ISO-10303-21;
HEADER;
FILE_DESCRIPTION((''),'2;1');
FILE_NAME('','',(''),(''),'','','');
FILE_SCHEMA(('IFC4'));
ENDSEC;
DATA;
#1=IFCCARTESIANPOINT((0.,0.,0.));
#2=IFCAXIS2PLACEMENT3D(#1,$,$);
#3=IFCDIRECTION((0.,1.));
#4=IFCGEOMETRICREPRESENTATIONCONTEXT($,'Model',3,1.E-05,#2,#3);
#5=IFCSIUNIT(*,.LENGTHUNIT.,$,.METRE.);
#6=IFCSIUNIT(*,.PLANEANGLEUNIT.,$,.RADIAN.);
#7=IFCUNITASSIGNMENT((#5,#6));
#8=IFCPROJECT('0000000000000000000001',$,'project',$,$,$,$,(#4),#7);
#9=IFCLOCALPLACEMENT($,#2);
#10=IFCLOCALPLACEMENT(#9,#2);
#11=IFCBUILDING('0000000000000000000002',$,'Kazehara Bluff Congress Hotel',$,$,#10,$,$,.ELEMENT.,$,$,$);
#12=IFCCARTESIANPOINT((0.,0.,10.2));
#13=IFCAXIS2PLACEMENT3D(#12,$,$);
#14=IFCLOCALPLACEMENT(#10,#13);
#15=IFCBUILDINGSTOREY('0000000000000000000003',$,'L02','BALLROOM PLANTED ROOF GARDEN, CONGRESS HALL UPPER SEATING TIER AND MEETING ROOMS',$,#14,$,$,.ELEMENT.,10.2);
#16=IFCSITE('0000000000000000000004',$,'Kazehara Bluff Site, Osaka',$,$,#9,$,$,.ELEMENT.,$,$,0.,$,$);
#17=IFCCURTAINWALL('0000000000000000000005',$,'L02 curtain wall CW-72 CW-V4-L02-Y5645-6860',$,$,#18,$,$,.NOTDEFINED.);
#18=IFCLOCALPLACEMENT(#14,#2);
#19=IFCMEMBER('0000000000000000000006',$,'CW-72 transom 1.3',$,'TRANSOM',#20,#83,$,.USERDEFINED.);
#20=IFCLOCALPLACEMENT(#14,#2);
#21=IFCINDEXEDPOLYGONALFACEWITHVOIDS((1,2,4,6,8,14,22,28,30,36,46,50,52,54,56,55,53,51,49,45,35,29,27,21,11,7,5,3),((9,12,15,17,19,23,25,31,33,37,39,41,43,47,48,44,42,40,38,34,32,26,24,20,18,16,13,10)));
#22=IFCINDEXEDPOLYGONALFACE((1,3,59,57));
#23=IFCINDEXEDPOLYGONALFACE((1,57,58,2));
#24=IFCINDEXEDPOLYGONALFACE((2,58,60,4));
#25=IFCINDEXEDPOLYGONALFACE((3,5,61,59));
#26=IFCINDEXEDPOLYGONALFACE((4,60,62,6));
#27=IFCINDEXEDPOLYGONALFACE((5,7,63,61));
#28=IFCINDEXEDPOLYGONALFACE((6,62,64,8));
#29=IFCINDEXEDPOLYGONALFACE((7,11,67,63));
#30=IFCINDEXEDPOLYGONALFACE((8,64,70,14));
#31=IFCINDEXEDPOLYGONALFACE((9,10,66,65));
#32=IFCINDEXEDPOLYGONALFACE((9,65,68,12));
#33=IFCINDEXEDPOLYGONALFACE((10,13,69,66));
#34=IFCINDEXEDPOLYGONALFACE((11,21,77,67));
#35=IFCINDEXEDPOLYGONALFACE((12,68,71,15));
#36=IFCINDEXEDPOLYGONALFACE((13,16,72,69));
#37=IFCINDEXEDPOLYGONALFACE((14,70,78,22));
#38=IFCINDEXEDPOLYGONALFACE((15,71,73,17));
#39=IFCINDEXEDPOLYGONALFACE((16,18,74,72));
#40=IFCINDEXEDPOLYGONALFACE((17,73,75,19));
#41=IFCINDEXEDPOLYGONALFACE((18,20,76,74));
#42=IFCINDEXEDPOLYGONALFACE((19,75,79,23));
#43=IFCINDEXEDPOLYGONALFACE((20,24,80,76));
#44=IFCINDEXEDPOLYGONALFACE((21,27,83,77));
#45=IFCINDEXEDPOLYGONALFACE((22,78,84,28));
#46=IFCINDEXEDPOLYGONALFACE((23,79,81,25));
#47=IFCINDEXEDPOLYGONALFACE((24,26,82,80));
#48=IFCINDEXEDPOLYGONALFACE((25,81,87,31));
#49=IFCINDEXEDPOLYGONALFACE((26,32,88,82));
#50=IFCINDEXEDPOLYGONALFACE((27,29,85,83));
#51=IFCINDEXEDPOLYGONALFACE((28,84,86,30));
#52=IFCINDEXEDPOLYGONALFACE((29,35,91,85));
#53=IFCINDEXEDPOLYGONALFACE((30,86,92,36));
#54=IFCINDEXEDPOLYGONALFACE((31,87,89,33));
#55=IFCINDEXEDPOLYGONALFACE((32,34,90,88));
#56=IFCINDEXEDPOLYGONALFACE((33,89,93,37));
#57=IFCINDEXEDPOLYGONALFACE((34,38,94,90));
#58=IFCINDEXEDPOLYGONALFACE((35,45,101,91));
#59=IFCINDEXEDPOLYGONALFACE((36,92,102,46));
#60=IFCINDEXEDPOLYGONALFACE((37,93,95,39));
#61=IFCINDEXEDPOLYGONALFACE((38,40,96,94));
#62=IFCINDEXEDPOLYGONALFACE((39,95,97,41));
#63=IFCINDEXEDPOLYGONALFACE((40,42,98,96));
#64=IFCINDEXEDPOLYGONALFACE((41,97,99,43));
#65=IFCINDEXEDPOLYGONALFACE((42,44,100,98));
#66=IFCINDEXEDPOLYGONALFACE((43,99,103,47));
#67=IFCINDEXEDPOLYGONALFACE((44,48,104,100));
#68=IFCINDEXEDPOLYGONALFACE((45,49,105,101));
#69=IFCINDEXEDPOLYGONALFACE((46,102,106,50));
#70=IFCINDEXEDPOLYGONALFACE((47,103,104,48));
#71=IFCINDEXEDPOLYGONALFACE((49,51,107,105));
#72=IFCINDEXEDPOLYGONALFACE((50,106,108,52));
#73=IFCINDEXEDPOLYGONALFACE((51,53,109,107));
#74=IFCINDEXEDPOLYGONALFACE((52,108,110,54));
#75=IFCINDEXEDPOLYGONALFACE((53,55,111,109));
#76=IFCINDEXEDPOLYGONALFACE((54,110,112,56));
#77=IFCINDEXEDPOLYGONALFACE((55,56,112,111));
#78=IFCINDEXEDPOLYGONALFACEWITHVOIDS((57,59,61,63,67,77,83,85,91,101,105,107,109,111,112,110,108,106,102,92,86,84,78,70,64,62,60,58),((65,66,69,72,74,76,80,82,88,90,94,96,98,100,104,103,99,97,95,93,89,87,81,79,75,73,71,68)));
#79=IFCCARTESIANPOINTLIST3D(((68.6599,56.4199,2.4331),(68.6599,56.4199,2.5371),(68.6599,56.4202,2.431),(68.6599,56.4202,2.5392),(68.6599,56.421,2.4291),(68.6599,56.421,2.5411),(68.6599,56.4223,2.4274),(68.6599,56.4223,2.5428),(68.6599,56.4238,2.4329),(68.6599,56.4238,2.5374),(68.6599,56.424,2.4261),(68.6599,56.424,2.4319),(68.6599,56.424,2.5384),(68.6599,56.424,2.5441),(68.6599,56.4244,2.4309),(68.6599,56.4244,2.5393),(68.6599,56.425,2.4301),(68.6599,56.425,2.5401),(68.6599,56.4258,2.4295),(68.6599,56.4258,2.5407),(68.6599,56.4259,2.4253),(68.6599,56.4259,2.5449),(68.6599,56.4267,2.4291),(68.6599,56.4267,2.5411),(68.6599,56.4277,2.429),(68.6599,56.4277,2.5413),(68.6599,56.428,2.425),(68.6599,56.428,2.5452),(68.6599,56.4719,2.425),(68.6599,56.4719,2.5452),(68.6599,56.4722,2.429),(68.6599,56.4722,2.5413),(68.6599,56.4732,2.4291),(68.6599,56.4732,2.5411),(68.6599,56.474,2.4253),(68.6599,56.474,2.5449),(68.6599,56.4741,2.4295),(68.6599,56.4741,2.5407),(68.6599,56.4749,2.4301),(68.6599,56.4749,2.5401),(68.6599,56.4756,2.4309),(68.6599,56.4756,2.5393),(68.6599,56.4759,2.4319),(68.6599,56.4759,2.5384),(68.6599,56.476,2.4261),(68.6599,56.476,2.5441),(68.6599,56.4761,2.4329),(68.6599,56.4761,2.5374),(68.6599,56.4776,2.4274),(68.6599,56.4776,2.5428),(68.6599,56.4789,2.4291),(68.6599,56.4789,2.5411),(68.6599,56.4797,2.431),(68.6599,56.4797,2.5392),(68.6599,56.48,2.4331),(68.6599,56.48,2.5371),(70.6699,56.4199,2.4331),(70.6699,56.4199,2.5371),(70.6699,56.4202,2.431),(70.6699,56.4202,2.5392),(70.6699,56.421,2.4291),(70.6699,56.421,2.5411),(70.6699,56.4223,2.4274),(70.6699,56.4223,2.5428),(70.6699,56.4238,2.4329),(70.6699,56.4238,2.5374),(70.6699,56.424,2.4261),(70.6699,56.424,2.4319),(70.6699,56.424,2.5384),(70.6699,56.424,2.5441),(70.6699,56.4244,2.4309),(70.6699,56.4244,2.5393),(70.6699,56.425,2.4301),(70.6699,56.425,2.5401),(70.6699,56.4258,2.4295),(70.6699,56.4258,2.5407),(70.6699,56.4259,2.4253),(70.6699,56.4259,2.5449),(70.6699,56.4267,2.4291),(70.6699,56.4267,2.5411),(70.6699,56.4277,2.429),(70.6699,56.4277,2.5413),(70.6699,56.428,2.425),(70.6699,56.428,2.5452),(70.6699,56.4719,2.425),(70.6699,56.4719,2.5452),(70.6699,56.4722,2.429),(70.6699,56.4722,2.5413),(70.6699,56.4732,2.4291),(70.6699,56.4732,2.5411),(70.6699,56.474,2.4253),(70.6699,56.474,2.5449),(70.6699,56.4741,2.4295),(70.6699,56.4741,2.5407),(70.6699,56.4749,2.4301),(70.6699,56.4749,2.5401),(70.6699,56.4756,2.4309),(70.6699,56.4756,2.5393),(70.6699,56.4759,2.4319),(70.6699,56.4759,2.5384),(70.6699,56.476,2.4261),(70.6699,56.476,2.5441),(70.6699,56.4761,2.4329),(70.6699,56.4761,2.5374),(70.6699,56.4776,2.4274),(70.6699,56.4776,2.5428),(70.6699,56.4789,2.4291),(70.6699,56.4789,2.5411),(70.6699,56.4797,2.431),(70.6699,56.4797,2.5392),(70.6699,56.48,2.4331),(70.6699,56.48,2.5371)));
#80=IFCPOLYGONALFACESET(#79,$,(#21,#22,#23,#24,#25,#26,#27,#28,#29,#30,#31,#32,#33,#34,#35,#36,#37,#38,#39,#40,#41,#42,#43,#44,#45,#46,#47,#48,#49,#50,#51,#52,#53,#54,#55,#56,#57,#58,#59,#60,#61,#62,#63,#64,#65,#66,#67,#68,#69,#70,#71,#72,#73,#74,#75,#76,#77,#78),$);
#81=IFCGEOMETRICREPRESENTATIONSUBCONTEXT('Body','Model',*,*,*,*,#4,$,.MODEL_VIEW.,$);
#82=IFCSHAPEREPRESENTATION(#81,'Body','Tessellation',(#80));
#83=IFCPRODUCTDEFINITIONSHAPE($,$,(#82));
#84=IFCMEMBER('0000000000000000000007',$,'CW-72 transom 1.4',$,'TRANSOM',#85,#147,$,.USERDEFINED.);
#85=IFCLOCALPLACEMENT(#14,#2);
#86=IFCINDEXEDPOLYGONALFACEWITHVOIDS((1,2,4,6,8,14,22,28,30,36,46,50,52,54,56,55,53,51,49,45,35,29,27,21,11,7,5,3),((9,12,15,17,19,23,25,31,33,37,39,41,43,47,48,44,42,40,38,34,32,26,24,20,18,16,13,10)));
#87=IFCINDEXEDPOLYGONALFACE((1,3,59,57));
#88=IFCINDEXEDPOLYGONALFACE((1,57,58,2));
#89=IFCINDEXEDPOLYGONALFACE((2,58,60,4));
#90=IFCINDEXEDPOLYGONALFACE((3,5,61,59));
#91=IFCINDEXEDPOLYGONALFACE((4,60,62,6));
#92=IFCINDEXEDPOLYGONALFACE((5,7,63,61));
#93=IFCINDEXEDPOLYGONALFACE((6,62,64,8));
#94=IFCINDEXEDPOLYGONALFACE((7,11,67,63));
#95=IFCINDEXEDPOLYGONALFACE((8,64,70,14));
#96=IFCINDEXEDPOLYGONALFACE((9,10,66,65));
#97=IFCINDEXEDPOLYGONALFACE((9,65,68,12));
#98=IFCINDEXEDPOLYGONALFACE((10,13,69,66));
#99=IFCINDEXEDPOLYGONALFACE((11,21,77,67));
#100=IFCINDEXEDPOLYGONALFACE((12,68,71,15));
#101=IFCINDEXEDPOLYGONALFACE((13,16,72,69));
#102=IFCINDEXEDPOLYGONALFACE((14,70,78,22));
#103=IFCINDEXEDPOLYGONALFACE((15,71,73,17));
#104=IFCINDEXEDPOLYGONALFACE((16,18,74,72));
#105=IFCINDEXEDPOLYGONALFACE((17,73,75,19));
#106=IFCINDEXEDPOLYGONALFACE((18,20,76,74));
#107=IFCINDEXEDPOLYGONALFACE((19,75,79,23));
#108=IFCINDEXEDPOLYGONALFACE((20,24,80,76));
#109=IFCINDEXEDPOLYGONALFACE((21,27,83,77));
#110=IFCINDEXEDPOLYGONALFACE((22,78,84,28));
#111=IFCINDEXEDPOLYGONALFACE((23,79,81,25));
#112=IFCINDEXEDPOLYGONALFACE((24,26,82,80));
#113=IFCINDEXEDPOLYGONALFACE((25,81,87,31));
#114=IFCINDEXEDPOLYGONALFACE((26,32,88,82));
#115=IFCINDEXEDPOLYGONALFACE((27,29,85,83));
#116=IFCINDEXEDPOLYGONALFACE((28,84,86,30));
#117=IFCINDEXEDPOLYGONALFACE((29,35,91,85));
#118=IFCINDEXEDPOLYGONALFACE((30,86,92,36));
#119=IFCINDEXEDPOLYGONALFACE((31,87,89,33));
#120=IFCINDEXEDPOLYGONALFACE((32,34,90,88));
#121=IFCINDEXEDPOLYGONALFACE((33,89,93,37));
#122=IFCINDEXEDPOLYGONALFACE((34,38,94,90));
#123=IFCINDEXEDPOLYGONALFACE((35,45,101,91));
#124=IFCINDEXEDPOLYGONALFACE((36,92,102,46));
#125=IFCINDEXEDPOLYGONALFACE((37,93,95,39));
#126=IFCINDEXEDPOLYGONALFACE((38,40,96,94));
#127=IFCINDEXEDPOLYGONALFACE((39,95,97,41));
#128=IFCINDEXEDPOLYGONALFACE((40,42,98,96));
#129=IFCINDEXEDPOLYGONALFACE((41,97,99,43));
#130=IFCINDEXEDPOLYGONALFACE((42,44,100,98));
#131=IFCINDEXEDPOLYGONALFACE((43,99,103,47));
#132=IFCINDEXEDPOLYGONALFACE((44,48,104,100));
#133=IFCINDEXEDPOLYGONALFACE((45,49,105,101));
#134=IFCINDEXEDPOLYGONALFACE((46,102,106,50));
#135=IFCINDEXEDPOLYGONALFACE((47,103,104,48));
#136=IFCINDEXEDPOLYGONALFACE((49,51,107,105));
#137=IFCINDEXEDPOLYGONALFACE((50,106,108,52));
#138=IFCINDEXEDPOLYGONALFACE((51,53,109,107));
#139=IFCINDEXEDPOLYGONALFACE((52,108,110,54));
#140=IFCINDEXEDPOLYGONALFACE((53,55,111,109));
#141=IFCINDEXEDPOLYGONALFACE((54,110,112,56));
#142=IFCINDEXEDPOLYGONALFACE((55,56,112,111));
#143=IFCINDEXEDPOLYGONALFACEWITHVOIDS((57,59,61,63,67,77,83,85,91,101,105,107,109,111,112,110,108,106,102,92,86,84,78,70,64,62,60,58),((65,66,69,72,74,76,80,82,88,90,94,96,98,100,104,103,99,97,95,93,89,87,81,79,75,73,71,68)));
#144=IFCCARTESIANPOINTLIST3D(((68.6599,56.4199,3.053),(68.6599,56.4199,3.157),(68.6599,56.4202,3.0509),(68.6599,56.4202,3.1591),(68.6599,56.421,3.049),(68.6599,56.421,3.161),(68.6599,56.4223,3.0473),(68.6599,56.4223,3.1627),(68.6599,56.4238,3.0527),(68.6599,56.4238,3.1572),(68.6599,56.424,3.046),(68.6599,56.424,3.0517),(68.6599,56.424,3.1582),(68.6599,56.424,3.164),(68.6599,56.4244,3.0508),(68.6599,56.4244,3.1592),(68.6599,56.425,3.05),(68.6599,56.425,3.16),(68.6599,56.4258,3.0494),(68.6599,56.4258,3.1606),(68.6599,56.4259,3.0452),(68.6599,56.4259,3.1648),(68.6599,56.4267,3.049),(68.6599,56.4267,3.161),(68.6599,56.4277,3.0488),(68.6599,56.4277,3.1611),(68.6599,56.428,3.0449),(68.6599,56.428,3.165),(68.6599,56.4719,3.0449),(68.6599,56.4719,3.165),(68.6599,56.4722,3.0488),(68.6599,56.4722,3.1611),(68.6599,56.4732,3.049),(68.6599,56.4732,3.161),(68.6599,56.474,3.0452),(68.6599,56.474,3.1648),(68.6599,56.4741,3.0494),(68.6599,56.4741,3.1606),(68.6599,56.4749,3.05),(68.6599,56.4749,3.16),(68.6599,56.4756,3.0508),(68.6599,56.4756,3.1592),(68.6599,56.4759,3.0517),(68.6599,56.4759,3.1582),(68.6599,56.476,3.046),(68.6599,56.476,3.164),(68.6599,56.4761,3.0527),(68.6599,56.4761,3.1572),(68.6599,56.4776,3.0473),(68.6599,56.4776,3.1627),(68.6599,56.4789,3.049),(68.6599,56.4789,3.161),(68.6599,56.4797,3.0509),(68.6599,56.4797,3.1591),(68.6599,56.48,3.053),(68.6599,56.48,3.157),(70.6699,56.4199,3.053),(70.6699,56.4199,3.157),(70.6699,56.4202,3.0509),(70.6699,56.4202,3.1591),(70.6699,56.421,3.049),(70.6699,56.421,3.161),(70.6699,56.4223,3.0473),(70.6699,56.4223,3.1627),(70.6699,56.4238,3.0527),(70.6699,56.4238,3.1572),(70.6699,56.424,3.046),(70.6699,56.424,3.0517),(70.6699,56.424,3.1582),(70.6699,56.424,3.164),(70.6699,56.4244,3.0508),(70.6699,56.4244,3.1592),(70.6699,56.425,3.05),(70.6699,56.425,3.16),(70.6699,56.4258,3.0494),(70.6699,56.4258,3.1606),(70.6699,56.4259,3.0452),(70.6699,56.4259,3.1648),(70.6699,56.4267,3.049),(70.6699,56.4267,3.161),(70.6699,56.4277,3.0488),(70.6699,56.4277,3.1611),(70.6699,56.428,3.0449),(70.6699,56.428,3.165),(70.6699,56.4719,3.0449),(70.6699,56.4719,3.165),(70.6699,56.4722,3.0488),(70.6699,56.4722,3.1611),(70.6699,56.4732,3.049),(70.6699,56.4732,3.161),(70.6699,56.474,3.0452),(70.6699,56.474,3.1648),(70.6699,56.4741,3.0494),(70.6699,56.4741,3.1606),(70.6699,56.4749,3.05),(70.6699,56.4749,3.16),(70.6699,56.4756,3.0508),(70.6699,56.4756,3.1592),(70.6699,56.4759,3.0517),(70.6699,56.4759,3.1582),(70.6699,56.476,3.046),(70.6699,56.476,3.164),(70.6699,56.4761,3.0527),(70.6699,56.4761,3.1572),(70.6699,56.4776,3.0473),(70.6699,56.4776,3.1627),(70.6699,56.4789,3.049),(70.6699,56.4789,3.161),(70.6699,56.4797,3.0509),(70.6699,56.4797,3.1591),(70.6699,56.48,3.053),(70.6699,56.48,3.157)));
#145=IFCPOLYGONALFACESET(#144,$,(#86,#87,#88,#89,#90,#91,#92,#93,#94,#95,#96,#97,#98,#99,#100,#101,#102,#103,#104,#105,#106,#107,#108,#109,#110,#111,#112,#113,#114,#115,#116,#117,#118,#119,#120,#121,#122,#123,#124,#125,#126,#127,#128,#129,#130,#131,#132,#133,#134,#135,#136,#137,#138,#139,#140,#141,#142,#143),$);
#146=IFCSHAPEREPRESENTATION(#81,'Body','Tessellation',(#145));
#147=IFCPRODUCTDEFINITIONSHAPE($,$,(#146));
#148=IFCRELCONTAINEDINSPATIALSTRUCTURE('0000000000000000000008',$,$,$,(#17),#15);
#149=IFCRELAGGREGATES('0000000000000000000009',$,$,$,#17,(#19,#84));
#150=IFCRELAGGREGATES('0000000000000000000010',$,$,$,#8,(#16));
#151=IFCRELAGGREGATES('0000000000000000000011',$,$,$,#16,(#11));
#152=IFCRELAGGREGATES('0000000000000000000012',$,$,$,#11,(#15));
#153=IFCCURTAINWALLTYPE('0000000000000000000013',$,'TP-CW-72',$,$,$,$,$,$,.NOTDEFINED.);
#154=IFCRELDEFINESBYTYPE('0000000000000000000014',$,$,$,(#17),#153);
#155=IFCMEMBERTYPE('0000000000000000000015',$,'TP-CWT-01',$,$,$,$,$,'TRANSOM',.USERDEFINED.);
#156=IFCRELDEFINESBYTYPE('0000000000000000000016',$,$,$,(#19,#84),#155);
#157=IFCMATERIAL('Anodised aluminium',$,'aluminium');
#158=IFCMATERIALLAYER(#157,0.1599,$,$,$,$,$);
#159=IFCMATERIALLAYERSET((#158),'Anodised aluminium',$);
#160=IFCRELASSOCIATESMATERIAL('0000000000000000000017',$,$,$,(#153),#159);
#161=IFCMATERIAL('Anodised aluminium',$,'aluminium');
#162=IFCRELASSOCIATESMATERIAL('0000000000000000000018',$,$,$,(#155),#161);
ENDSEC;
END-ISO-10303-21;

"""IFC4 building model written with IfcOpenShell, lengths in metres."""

from ifc_helpers import new_model, si_unit, direction, frame, origin, origin_2d, place, context, subcontext, project, spatial, hollow_rectangle, extrude, material, layer, layer_set, material_profile, profile_set, type_object, element, aggregate, save


model = new_model("IFC4")

# Units and contexts
model_context = context("Model", 3, precision=1e-05, world=origin(), true_north=direction((0.0, 1.0)))
body_context = subcontext(model_context, "Body", "Model", "MODEL_VIEW")
ifc_project = project(units=[si_unit("LENGTHUNIT", "METRE"), si_unit("PLANEANGLEUNIT", "RADIAN")], contexts=[model_context])

# Site, building, storey
site_placement = place(None, origin())
site = spatial("IfcSite", under=ifc_project, at=site_placement, Name="Kazehara Bluff Site, Osaka", CompositionType="ELEMENT", RefElevation=0.0)
building_placement = place(site_placement, origin())
building = spatial("IfcBuilding", under=site, at=building_placement, Name="Kazehara Bluff Congress Hotel", CompositionType="ELEMENT")
storey_placement = place(building_placement, frame((0.0, 0.0, 10.2)))
storey = spatial("IfcBuildingStorey", under=building, at=storey_placement, Name="L02", Description="BALLROOM PLANTED ROOF GARDEN, CONGRESS HALL UPPER SEATING TIER AND MEETING ROOMS", CompositionType="ELEMENT", Elevation=10.2)

# Curtain wall, members
ifc_material_1 = material(Name="Anodised aluminium", Category="aluminium")
ifc_layer_1 = layer(ifc_material_1, 0.1599)
ifc_layer_set_1 = layer_set([ifc_layer_1], Name="Anodised aluminium")
curtain_wall_type = type_object("IfcCurtainWallType", Name="TP-CW-72", PredefinedType="NOTDEFINED", material=ifc_layer_set_1)
curtain_wall_placement = place(storey_placement, origin())
curtain_wall = element("IfcCurtainWall", 1, at=curtain_wall_placement, inside=storey, type_object=curtain_wall_type, Name="L02 curtain wall CW-72 CW-V4-L02-Y5645-6860", PredefinedType="NOTDEFINED")
ifc_material_2 = material(Name="Anodised aluminium", Category="aluminium")
ifc_material_profile_1 = material_profile(ifc_material_2, hollow_rectangle(XDim=0.0601, YDim=0.1201, WallThickness=0.0039, InnerFilletRadius=0.0039, OuterFilletRadius=0.0081, at=origin_2d()))
ifc_profile_set_1 = profile_set([ifc_material_profile_1], Name="Anodised aluminium")
member_type_1 = type_object("IfcMemberType", Name="TP-CWT-01", ElementType="TRANSOM", PredefinedType="USERDEFINED", material=ifc_profile_set_1)
member_1_placement = place(storey_placement, frame((68.6599, 56.45, 2.4851), z_axis=(1.0, 0.0, 0.0), x_axis=(0.0, 1.0, 0.0)))
member_1 = element("IfcMember", 2, at=member_1_placement, type_object=member_type_1, Name="CW-72 transom 1.3", ObjectType="TRANSOM", PredefinedType="USERDEFINED", context=body_context, shape_type="SweptSolid", body=[
    extrude(hollow_rectangle(XDim=0.0601, YDim=0.1201, WallThickness=0.0039, InnerFilletRadius=0.0039, OuterFilletRadius=0.0081, at=origin_2d()), origin(), (0.0, 0.0, 1.0), 2.01),
])
member_2_placement = place(storey_placement, frame((68.6599, 56.45, 3.105), z_axis=(1.0, 0.0, 0.0), x_axis=(0.0, 1.0, 0.0)))
member_2 = element("IfcMember", 3, at=member_2_placement, type_object=member_type_1, Name="CW-72 transom 1.4", ObjectType="TRANSOM", PredefinedType="USERDEFINED", context=body_context, shape_type="SweptSolid", body=[
    extrude(hollow_rectangle(XDim=0.0601, YDim=0.1201, WallThickness=0.0039, InnerFilletRadius=0.0039, OuterFilletRadius=0.0081, at=origin_2d()), origin(), (0.0, 0.0, 1.0), 2.01),
])
aggregate(curtain_wall, [member_1, member_2])

save(model, "model.ifc")
